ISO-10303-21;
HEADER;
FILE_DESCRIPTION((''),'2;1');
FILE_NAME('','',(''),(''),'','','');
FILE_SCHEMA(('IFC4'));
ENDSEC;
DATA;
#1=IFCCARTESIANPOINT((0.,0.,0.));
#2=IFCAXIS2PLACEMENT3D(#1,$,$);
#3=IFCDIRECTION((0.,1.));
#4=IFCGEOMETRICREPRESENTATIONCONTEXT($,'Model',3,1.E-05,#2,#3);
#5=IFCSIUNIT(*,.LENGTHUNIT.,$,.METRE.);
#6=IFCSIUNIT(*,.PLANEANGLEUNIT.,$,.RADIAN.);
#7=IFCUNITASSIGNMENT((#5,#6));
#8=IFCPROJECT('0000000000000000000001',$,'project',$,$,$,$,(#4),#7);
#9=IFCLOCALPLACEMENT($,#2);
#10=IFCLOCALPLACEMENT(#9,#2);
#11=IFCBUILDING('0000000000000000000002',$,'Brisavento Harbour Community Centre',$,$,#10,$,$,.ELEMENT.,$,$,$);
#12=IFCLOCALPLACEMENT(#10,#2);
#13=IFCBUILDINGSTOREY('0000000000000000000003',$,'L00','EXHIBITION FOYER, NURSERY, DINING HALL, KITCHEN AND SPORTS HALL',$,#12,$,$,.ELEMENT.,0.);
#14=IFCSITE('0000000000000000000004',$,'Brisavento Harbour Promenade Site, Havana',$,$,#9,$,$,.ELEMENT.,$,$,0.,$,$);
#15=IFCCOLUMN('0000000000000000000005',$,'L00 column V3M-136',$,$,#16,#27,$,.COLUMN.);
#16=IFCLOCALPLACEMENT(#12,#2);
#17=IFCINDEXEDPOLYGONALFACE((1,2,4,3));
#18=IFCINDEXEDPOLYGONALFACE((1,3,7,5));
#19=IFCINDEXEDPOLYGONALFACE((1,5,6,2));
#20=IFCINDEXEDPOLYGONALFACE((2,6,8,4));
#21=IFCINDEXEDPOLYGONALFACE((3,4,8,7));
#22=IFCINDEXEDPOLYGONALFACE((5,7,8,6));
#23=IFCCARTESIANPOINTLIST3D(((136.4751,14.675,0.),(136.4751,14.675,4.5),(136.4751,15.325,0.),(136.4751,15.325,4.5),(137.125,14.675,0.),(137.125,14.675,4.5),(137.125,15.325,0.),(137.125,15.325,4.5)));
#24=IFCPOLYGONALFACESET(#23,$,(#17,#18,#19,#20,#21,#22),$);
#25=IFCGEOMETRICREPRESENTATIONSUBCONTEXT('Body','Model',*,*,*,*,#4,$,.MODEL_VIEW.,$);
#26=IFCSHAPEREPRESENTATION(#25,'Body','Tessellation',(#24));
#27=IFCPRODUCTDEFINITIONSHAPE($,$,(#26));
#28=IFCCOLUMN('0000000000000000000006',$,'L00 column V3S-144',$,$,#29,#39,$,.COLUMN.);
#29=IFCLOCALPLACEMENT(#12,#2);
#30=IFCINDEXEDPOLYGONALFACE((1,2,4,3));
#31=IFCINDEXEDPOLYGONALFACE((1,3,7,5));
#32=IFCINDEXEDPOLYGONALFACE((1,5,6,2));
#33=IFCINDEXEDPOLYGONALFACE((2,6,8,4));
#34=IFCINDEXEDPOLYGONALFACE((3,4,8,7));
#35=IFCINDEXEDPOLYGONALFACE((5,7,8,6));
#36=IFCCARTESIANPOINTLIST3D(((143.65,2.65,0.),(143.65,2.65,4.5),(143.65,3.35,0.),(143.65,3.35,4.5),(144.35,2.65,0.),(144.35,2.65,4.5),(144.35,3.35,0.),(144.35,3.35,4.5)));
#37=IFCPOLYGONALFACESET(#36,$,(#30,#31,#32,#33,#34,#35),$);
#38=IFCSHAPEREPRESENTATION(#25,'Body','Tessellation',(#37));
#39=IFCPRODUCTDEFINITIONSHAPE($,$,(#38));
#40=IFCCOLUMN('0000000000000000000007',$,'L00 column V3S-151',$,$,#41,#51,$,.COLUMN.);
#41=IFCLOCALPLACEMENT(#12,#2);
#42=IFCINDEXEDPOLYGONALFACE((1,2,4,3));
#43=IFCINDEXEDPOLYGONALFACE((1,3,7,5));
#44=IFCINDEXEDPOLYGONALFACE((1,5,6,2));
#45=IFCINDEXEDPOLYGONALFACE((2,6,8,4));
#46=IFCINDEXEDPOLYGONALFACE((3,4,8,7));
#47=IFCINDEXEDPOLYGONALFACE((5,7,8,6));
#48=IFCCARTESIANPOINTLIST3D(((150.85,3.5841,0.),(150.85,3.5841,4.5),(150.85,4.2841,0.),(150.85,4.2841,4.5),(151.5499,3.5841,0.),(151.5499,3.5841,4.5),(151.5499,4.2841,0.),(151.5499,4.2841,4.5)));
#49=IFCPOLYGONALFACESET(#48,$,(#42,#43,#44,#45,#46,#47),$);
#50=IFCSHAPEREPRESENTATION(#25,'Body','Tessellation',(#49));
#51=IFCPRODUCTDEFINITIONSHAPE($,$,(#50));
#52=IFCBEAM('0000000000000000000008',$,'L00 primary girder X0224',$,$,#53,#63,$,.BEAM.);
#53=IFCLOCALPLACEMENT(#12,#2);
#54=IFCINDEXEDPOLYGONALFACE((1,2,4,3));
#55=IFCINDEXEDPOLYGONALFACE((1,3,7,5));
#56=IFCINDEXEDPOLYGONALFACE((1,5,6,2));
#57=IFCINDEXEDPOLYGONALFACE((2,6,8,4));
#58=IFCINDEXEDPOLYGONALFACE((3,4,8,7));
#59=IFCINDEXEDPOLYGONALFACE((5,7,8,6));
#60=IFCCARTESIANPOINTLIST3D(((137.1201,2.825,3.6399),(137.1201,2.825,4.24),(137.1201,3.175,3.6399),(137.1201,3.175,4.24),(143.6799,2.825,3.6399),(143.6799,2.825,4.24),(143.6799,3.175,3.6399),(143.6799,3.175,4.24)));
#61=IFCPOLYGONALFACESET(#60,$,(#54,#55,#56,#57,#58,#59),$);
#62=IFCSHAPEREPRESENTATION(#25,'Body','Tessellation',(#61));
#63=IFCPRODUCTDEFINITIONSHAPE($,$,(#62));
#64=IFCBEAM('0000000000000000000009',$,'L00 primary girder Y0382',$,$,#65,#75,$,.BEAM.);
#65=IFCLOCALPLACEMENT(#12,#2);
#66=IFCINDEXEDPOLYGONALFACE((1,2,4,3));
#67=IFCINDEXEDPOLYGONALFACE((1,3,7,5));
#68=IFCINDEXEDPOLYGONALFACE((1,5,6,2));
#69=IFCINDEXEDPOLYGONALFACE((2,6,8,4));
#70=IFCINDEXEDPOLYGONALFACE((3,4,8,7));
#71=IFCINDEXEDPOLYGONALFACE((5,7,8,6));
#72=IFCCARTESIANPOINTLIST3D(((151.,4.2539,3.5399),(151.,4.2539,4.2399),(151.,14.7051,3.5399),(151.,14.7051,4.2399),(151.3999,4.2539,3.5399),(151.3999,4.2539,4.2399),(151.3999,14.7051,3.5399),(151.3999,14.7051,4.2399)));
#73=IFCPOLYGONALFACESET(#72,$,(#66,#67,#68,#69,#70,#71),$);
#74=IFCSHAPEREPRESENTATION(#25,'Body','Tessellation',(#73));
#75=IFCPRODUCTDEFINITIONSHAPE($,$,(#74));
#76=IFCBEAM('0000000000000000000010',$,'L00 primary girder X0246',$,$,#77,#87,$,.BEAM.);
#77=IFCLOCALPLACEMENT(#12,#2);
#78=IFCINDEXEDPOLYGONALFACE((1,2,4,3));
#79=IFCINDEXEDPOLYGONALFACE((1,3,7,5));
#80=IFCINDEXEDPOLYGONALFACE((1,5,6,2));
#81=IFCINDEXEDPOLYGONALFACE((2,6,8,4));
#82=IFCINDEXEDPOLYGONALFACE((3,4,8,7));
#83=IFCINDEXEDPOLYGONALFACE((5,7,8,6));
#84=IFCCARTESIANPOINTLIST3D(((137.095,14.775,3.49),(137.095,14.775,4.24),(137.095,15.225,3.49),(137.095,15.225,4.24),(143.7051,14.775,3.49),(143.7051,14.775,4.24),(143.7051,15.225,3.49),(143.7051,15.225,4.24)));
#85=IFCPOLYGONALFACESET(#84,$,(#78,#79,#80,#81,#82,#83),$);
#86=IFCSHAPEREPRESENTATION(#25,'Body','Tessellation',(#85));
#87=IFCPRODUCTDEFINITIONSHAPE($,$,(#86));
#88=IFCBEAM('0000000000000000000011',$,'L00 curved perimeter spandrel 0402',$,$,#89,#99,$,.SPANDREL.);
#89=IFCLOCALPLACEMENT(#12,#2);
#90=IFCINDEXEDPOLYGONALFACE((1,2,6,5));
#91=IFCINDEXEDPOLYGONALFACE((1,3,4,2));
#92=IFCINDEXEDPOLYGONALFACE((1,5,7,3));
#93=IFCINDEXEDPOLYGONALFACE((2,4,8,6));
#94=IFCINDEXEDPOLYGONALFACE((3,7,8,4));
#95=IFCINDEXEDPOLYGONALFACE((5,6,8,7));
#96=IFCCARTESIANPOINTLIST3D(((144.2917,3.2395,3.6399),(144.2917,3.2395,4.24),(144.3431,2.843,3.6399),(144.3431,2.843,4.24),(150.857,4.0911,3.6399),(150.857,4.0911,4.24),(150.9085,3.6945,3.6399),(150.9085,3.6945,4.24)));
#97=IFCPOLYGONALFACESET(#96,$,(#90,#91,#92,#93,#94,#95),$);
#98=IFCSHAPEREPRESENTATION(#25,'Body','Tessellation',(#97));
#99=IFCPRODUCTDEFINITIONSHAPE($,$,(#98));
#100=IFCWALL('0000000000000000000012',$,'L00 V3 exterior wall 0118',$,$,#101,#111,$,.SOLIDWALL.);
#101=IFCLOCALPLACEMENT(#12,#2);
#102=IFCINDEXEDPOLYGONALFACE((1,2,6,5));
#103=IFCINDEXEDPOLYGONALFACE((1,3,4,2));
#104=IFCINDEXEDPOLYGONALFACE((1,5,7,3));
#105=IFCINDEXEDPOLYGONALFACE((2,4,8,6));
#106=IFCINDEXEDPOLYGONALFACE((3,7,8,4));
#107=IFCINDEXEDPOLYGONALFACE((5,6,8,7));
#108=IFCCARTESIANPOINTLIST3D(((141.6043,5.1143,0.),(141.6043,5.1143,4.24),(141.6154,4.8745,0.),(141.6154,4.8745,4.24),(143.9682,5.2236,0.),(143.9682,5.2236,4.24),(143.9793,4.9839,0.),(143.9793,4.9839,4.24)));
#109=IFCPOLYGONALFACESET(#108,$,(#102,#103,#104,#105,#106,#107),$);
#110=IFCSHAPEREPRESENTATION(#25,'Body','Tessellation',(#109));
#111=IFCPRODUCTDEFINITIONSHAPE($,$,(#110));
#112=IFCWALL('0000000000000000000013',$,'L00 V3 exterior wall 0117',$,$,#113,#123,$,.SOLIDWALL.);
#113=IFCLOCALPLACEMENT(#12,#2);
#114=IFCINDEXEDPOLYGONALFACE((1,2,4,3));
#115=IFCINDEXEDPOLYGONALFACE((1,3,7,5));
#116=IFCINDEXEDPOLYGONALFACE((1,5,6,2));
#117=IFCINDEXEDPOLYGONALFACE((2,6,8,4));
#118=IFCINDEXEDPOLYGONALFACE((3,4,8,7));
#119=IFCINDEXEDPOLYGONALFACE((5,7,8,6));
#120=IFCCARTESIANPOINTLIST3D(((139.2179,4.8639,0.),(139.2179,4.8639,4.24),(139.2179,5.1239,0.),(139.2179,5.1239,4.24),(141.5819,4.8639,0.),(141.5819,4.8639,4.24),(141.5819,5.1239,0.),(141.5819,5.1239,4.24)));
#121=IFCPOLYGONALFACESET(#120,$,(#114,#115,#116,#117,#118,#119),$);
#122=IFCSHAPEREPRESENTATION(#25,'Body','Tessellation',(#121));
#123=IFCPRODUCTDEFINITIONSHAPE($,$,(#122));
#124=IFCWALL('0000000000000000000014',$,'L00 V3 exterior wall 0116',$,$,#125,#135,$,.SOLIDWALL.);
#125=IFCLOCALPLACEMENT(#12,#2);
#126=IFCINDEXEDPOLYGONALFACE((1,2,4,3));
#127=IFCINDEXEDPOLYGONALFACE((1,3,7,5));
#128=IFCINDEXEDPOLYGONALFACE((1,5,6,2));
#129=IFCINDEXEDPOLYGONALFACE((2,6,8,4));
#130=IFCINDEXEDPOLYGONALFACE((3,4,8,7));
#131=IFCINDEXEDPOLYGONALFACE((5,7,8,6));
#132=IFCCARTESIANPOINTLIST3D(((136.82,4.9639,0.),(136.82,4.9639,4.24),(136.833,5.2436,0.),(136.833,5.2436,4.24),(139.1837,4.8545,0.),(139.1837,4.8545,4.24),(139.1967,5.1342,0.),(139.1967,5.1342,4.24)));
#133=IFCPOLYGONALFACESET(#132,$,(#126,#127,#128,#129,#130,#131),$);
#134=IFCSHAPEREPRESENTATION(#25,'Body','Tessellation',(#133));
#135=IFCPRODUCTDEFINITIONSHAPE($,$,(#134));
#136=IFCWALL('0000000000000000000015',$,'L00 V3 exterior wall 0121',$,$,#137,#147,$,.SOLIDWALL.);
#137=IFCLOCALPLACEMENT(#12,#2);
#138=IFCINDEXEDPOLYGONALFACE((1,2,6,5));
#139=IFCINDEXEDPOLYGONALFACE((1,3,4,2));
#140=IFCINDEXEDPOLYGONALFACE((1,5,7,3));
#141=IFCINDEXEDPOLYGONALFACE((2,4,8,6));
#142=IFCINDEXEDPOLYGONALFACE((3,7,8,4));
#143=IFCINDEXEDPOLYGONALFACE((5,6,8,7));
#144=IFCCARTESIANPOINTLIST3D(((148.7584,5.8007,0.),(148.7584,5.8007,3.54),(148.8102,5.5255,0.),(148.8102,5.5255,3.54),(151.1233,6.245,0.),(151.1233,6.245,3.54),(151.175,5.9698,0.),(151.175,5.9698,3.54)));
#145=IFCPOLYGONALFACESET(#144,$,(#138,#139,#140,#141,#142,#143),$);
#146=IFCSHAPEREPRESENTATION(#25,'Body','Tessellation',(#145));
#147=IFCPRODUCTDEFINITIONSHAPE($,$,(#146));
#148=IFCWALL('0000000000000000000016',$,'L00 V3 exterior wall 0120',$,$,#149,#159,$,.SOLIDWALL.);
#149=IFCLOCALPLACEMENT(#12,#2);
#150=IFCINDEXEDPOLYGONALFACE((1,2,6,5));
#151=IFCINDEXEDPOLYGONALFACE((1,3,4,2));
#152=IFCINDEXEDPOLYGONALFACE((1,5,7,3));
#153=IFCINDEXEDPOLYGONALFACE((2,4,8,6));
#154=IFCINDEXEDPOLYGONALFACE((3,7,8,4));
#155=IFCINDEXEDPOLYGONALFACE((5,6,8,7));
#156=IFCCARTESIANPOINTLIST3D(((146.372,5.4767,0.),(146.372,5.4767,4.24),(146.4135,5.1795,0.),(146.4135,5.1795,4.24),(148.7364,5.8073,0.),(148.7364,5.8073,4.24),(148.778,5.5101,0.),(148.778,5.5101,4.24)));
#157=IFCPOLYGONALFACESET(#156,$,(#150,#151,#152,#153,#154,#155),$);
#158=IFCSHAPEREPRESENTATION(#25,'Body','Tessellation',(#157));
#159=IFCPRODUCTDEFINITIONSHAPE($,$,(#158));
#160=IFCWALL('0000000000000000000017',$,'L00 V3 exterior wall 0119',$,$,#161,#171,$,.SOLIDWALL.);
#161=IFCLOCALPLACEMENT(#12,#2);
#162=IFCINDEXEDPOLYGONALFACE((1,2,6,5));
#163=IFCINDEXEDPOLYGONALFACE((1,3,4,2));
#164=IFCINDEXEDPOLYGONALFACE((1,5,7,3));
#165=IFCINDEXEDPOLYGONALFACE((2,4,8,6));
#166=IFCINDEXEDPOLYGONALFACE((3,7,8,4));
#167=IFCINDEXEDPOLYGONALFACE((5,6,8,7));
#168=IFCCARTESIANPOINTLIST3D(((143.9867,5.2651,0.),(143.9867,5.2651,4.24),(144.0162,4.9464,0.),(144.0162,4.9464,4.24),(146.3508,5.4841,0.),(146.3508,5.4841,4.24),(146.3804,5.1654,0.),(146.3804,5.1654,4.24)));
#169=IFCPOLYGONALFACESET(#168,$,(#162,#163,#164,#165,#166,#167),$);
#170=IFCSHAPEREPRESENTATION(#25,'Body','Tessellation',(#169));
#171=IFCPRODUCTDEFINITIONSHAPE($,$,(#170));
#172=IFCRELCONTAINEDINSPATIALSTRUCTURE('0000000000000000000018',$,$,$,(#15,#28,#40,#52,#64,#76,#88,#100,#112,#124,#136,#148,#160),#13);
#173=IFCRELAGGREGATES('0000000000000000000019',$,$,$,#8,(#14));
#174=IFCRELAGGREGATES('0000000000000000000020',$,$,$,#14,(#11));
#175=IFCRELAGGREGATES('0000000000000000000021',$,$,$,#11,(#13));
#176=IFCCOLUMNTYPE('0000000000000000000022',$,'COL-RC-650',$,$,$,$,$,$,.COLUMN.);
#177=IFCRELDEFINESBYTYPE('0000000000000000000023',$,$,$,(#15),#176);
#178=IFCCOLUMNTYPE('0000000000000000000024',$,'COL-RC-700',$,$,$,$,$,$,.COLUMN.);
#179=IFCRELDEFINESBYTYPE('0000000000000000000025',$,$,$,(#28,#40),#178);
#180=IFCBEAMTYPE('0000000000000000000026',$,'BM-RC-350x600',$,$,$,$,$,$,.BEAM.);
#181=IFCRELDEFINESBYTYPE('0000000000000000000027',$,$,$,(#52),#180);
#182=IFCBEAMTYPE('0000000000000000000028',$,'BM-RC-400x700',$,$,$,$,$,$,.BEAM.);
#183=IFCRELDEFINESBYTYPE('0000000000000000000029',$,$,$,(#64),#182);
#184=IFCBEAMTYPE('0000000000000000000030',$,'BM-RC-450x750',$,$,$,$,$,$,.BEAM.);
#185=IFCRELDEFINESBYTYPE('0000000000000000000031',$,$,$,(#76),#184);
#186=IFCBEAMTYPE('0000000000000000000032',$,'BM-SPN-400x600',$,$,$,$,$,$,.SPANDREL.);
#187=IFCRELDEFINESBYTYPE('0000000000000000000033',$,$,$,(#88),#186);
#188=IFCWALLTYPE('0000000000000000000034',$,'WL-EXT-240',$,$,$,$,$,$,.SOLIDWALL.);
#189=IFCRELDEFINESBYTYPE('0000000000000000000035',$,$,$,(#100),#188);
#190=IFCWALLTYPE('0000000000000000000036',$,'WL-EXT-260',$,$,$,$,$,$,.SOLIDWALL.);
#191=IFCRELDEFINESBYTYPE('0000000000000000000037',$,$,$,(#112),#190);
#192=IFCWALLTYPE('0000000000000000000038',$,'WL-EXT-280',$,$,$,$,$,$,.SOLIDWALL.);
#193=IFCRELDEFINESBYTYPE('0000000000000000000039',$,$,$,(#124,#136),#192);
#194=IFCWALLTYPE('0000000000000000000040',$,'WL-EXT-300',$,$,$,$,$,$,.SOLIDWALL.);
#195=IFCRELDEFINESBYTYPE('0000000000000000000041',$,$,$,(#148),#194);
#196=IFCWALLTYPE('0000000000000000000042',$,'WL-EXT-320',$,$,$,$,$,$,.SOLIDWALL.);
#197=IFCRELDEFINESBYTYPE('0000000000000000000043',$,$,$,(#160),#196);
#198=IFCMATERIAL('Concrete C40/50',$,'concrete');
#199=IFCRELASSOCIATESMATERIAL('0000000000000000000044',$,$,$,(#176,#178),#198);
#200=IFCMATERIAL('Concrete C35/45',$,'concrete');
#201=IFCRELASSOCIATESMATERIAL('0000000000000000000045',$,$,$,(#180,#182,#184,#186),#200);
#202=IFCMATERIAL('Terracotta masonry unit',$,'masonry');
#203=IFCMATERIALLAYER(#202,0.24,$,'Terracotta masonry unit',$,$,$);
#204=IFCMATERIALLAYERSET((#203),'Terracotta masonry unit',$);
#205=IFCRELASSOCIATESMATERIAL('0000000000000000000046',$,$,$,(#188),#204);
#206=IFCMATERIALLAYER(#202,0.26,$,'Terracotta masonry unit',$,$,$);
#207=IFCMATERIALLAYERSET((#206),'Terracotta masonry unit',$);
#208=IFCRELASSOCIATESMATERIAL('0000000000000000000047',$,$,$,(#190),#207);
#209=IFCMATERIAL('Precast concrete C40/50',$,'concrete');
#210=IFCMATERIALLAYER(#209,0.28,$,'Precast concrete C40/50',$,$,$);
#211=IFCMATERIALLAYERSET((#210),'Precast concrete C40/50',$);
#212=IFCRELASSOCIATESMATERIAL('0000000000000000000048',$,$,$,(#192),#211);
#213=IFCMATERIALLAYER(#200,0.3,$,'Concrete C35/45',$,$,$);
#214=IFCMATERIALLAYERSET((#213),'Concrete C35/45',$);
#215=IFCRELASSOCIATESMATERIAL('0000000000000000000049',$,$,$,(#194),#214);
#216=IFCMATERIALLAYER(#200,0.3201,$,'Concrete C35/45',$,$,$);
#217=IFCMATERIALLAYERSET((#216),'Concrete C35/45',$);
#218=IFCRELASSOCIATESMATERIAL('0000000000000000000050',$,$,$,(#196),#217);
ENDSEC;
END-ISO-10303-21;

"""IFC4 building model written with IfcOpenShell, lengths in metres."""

from ifc_helpers import new_model, si_unit, direction, frame, frame_2d, origin, origin_2d, place, context, subcontext, project, spatial, rectangle, extrude, material, layer, layer_set, material_profile, profile_set, type_object, element, save


model = new_model("IFC4")

# Units and contexts
model_context = context("Model", 3, precision=1e-05, world=origin(), true_north=direction((0.0, 1.0)))
body_context = subcontext(model_context, "Body", "Model", "MODEL_VIEW")
ifc_project = project(units=[si_unit("LENGTHUNIT", "METRE"), si_unit("PLANEANGLEUNIT", "RADIAN")], contexts=[model_context])

# Site, building, storey
site_placement = place(None, origin())
site = spatial("IfcSite", under=ifc_project, at=site_placement, Name="Brisavento Harbour Promenade Site, Havana", CompositionType="ELEMENT", RefElevation=0.0)
building_placement = place(site_placement, origin())
building = spatial("IfcBuilding", under=site, at=building_placement, Name="Brisavento Harbour Community Centre", CompositionType="ELEMENT")
storey_placement = place(building_placement, origin())
storey = spatial("IfcBuildingStorey", under=building, at=storey_placement, Name="L00", Description="EXHIBITION FOYER, NURSERY, DINING HALL, KITCHEN AND SPORTS HALL", CompositionType="ELEMENT", Elevation=0.0)

# Columns
ifc_material_1 = material(Name="Concrete C40/50", Category="concrete")
ifc_material_profile_1 = material_profile(ifc_material_1, rectangle(XDim=0.6499, YDim=0.6499, at=origin_2d()), Name="Concrete C40/50")
ifc_profile_set_1 = profile_set([ifc_material_profile_1], Name="Concrete C40/50")
column_type_1 = type_object("IfcColumnType", Name="COL-RC-650", PredefinedType="COLUMN", material=ifc_profile_set_1)
column_placement = place(storey_placement, frame((136.8, 15.0, 0.0), z_axis=(0.0, 0.0, 1.0), x_axis=(1.0, 0.0, 0.0)))
element("IfcColumn", 1, at=column_placement, inside=storey, type_object=column_type_1, Name="L00 column V3M-136", PredefinedType="COLUMN", context=body_context, shape_type="SweptSolid", body=[
    extrude(rectangle(XDim=0.6499, YDim=0.6499, at=origin_2d()), origin(), (0.0, 0.0, 1.0), 4.5),
])
ifc_material_profile_2 = material_profile(ifc_material_1, rectangle(XDim=0.7, YDim=0.7, at=origin_2d()), Name="Concrete C40/50")
ifc_profile_set_2 = profile_set([ifc_material_profile_2], Name="Concrete C40/50")
column_type_2 = type_object("IfcColumnType", Name="COL-RC-700", PredefinedType="COLUMN", material=ifc_profile_set_2)
for number, where, z_axis, x_axis, name in (
    (2, (144.0, 3.0, 0.0), (0.0, 0.0, 1.0), (1.0, 0.0, 0.0), "L00 column V3S-144"),
    (3, (151.2, 3.9341, 0.0), (0.0, 0.0, 1.0), (1.0, 0.0, 0.0), "L00 column V3S-151"),
):
    element("IfcColumn", number, at=place(storey_placement, frame(where, z_axis=z_axis, x_axis=x_axis)), inside=storey, type_object=column_type_2, Name=name, PredefinedType="COLUMN", context=body_context, shape_type="SweptSolid", body=[
        extrude(rectangle(XDim=0.7, YDim=0.7, at=origin_2d()), origin(), (0.0, 0.0, 1.0), 4.5),
    ])

# Beams
ifc_material_2 = material(Name="Concrete C35/45", Category="concrete")
ifc_material_profile_3 = material_profile(ifc_material_2, rectangle(XDim=0.3501, YDim=0.6001, at=origin_2d()), Name="Concrete C35/45")
ifc_profile_set_3 = profile_set([ifc_material_profile_3], Name="Concrete C35/45")
beam_type_1 = type_object("IfcBeamType", Name="BM-RC-350x600", PredefinedType="BEAM", material=ifc_profile_set_3)
beam_1_placement = place(storey_placement, frame((137.1201, 3.0, 3.9399), z_axis=(1.0, 0.0, 0.0), x_axis=(0.0, 1.0, 0.0)))
element("IfcBeam", 4, at=beam_1_placement, inside=storey, type_object=beam_type_1, Name="L00 primary girder X0224", PredefinedType="BEAM", context=body_context, shape_type="SweptSolid", body=[
    extrude(rectangle(XDim=0.3501, YDim=0.6001, at=origin_2d()), origin(), (0.0, 0.0, 1.0), 6.5598),
])
ifc_material_profile_4 = material_profile(ifc_material_2, rectangle(XDim=0.3999, YDim=0.7, at=origin_2d()), Name="Concrete C35/45")
ifc_profile_set_4 = profile_set([ifc_material_profile_4], Name="Concrete C35/45")
beam_type_2 = type_object("IfcBeamType", Name="BM-RC-400x700", PredefinedType="BEAM", material=ifc_profile_set_4)
beam_2_placement = place(storey_placement, frame((151.2, 4.2539, 3.8899), z_axis=(0.0, 1.0, 0.0), x_axis=(-1.0, 0.0, 0.0)))
element("IfcBeam", 5, at=beam_2_placement, inside=storey, type_object=beam_type_2, Name="L00 primary girder Y0382", PredefinedType="BEAM", context=body_context, shape_type="SweptSolid", body=[
    extrude(rectangle(XDim=0.3999, YDim=0.7, at=origin_2d()), origin(), (0.0, 0.0, 1.0), 10.4512),
])
ifc_material_profile_5 = material_profile(ifc_material_2, rectangle(XDim=0.45, YDim=0.75, at=origin_2d()), Name="Concrete C35/45")
ifc_profile_set_5 = profile_set([ifc_material_profile_5], Name="Concrete C35/45")
beam_type_3 = type_object("IfcBeamType", Name="BM-RC-450x750", PredefinedType="BEAM", material=ifc_profile_set_5)
beam_3_placement = place(storey_placement, frame((137.095, 15.0, 3.865), z_axis=(1.0, 0.0, 0.0), x_axis=(0.0, 1.0, 0.0)))
element("IfcBeam", 6, at=beam_3_placement, inside=storey, type_object=beam_type_3, Name="L00 primary girder X0246", PredefinedType="BEAM", context=body_context, shape_type="SweptSolid", body=[
    extrude(rectangle(XDim=0.45, YDim=0.75, at=origin_2d()), origin(), (0.0, 0.0, 1.0), 6.6101),
])
ifc_material_profile_6 = material_profile(ifc_material_2, rectangle(XDim=0.3999, YDim=0.6001, at=origin_2d()), Name="Concrete C35/45")
ifc_profile_set_6 = profile_set([ifc_material_profile_6], Name="Concrete C35/45")
beam_type_4 = type_object("IfcBeamType", Name="BM-SPN-400x600", PredefinedType="SPANDREL", material=ifc_profile_set_6)
beam_4_placement = place(storey_placement, frame((144.3174, 3.0413, 3.9399), z_axis=(0.991693, 0.128627, 0.0), x_axis=(-0.128627, 0.991693, 0.0)))
element("IfcBeam", 7, at=beam_4_placement, inside=storey, type_object=beam_type_4, Name="L00 curved perimeter spandrel 0402", PredefinedType="SPANDREL", context=body_context, shape_type="SweptSolid", body=[
    extrude(rectangle(XDim=0.3999, YDim=0.6001, at=origin_2d()), origin(), (0.0, 0.0, 1.0), 6.6204),
])

# Walls
ifc_material_3 = material(Name="Terracotta masonry unit", Category="masonry")
ifc_layer_1 = layer(ifc_material_3, 0.24, Name="Terracotta masonry unit")
ifc_layer_set_1 = layer_set([ifc_layer_1], Name="Terracotta masonry unit")
wall_type_1 = type_object("IfcWallType", Name="WL-EXT-240", PredefinedType="SOLIDWALL", material=ifc_layer_set_1)
wall_1_placement = place(storey_placement, frame((143.9736, 5.1038, 0.0), z_axis=(0.0, 0.0, 1.0), x_axis=(-0.998931, -0.046217, 0.0)))
element("IfcWall", 8, at=wall_1_placement, inside=storey, type_object=wall_type_1, Name="L00 V3 exterior wall 0118", PredefinedType="SOLIDWALL", context=body_context, shape_type="SweptSolid", body=[
    extrude(rectangle(XDim=2.3665, YDim=0.24, at=frame_2d((1.1831, 0.0))), origin(), (0.0, 0.0, 1.0), 4.24),
])
ifc_layer_2 = layer(ifc_material_3, 0.26, Name="Terracotta masonry unit")
ifc_layer_set_2 = layer_set([ifc_layer_2], Name="Terracotta masonry unit")
wall_type_2 = type_object("IfcWallType", Name="WL-EXT-260", PredefinedType="SOLIDWALL", material=ifc_layer_set_2)
wall_2_placement = place(storey_placement, frame((141.582, 4.9939, 0.0), z_axis=(0.0, 0.0, 1.0), x_axis=(-1.0, 0.0, 0.0)))
element("IfcWall", 9, at=wall_2_placement, inside=storey, type_object=wall_type_2, Name="L00 V3 exterior wall 0117", PredefinedType="SOLIDWALL", context=body_context, shape_type="SweptSolid", body=[
    extrude(rectangle(XDim=2.364, YDim=0.26, at=frame_2d((1.1821, 0.0))), origin(), (0.0, 0.0, 1.0), 4.24),
])
ifc_material_4 = material(Name="Precast concrete C40/50", Category="concrete")
ifc_layer_3 = layer(ifc_material_4, 0.28, Name="Precast concrete C40/50")
ifc_layer_set_3 = layer_set([ifc_layer_3], Name="Precast concrete C40/50")
wall_type_3 = type_object("IfcWallType", Name="WL-EXT-280", PredefinedType="SOLIDWALL", material=ifc_layer_set_3)
wall_3_placement = place(storey_placement, frame((139.1902, 4.9944, 0.0), z_axis=(0.0, 0.0, 1.0), x_axis=(-0.998931, 0.046222, 0.0)))
element("IfcWall", 10, at=wall_3_placement, inside=storey, type_object=wall_type_3, Name="L00 V3 exterior wall 0116", PredefinedType="SOLIDWALL", context=body_context, shape_type="SweptSolid", body=[
    extrude(rectangle(XDim=2.3662, YDim=0.28, at=frame_2d((1.1831, 0.0))), origin(), (0.0, 0.0, 1.0), 4.24),
])
wall_4_placement = place(storey_placement, frame((151.1492, 6.1074, 0.0), z_axis=(0.0, 0.0, 1.0), x_axis=(-0.982801, -0.184668, 0.0)))
element("IfcWall", 11, at=wall_4_placement, inside=storey, type_object=wall_type_3, Name="L00 V3 exterior wall 0121", PredefinedType="SOLIDWALL", context=body_context, shape_type="SweptSolid", body=[
    extrude(rectangle(XDim=2.4062, YDim=0.28, at=frame_2d((1.2031, 0.0))), origin(), (0.0, 0.0, 1.0), 3.54),
])
ifc_layer_4 = layer(ifc_material_2, 0.3, Name="Concrete C35/45")
ifc_layer_set_4 = layer_set([ifc_layer_4], Name="Concrete C35/45")
wall_type_4 = type_object("IfcWallType", Name="WL-EXT-300", PredefinedType="SOLIDWALL", material=ifc_layer_set_4)
wall_5_placement = place(storey_placement, frame((148.7573, 5.6587, 0.0), z_axis=(0.0, 0.0, 1.0), x_axis=(-0.990368, -0.138457, 0.0)))
element("IfcWall", 12, at=wall_5_placement, inside=storey, type_object=wall_type_4, Name="L00 V3 exterior wall 0120", PredefinedType="SOLIDWALL", context=body_context, shape_type="SweptSolid", body=[
    extrude(rectangle(XDim=2.3875, YDim=0.3, at=frame_2d((1.1938, 0.0))), origin(), (0.0, 0.0, 1.0), 4.24),
])
ifc_layer_5 = layer(ifc_material_2, 0.3201, Name="Concrete C35/45")
ifc_layer_set_5 = layer_set([ifc_layer_5], Name="Concrete C35/45")
wall_type_5 = type_object("IfcWallType", Name="WL-EXT-320", PredefinedType="SOLIDWALL", material=ifc_layer_set_5)
wall_6_placement = place(storey_placement, frame((146.3655, 5.3247, 0.0), z_axis=(0.0, 0.0, 1.0), x_axis=(-0.995738, -0.092232, 0.0)))
element("IfcWall", 13, at=wall_6_placement, inside=storey, type_object=wall_type_5, Name="L00 V3 exterior wall 0119", PredefinedType="SOLIDWALL", context=body_context, shape_type="SweptSolid", body=[
    extrude(rectangle(XDim=2.3743, YDim=0.3201, at=frame_2d((1.187, 0.0))), origin(), (0.0, 0.0, 1.0), 4.24),
])

save(model, "model.ifc")
